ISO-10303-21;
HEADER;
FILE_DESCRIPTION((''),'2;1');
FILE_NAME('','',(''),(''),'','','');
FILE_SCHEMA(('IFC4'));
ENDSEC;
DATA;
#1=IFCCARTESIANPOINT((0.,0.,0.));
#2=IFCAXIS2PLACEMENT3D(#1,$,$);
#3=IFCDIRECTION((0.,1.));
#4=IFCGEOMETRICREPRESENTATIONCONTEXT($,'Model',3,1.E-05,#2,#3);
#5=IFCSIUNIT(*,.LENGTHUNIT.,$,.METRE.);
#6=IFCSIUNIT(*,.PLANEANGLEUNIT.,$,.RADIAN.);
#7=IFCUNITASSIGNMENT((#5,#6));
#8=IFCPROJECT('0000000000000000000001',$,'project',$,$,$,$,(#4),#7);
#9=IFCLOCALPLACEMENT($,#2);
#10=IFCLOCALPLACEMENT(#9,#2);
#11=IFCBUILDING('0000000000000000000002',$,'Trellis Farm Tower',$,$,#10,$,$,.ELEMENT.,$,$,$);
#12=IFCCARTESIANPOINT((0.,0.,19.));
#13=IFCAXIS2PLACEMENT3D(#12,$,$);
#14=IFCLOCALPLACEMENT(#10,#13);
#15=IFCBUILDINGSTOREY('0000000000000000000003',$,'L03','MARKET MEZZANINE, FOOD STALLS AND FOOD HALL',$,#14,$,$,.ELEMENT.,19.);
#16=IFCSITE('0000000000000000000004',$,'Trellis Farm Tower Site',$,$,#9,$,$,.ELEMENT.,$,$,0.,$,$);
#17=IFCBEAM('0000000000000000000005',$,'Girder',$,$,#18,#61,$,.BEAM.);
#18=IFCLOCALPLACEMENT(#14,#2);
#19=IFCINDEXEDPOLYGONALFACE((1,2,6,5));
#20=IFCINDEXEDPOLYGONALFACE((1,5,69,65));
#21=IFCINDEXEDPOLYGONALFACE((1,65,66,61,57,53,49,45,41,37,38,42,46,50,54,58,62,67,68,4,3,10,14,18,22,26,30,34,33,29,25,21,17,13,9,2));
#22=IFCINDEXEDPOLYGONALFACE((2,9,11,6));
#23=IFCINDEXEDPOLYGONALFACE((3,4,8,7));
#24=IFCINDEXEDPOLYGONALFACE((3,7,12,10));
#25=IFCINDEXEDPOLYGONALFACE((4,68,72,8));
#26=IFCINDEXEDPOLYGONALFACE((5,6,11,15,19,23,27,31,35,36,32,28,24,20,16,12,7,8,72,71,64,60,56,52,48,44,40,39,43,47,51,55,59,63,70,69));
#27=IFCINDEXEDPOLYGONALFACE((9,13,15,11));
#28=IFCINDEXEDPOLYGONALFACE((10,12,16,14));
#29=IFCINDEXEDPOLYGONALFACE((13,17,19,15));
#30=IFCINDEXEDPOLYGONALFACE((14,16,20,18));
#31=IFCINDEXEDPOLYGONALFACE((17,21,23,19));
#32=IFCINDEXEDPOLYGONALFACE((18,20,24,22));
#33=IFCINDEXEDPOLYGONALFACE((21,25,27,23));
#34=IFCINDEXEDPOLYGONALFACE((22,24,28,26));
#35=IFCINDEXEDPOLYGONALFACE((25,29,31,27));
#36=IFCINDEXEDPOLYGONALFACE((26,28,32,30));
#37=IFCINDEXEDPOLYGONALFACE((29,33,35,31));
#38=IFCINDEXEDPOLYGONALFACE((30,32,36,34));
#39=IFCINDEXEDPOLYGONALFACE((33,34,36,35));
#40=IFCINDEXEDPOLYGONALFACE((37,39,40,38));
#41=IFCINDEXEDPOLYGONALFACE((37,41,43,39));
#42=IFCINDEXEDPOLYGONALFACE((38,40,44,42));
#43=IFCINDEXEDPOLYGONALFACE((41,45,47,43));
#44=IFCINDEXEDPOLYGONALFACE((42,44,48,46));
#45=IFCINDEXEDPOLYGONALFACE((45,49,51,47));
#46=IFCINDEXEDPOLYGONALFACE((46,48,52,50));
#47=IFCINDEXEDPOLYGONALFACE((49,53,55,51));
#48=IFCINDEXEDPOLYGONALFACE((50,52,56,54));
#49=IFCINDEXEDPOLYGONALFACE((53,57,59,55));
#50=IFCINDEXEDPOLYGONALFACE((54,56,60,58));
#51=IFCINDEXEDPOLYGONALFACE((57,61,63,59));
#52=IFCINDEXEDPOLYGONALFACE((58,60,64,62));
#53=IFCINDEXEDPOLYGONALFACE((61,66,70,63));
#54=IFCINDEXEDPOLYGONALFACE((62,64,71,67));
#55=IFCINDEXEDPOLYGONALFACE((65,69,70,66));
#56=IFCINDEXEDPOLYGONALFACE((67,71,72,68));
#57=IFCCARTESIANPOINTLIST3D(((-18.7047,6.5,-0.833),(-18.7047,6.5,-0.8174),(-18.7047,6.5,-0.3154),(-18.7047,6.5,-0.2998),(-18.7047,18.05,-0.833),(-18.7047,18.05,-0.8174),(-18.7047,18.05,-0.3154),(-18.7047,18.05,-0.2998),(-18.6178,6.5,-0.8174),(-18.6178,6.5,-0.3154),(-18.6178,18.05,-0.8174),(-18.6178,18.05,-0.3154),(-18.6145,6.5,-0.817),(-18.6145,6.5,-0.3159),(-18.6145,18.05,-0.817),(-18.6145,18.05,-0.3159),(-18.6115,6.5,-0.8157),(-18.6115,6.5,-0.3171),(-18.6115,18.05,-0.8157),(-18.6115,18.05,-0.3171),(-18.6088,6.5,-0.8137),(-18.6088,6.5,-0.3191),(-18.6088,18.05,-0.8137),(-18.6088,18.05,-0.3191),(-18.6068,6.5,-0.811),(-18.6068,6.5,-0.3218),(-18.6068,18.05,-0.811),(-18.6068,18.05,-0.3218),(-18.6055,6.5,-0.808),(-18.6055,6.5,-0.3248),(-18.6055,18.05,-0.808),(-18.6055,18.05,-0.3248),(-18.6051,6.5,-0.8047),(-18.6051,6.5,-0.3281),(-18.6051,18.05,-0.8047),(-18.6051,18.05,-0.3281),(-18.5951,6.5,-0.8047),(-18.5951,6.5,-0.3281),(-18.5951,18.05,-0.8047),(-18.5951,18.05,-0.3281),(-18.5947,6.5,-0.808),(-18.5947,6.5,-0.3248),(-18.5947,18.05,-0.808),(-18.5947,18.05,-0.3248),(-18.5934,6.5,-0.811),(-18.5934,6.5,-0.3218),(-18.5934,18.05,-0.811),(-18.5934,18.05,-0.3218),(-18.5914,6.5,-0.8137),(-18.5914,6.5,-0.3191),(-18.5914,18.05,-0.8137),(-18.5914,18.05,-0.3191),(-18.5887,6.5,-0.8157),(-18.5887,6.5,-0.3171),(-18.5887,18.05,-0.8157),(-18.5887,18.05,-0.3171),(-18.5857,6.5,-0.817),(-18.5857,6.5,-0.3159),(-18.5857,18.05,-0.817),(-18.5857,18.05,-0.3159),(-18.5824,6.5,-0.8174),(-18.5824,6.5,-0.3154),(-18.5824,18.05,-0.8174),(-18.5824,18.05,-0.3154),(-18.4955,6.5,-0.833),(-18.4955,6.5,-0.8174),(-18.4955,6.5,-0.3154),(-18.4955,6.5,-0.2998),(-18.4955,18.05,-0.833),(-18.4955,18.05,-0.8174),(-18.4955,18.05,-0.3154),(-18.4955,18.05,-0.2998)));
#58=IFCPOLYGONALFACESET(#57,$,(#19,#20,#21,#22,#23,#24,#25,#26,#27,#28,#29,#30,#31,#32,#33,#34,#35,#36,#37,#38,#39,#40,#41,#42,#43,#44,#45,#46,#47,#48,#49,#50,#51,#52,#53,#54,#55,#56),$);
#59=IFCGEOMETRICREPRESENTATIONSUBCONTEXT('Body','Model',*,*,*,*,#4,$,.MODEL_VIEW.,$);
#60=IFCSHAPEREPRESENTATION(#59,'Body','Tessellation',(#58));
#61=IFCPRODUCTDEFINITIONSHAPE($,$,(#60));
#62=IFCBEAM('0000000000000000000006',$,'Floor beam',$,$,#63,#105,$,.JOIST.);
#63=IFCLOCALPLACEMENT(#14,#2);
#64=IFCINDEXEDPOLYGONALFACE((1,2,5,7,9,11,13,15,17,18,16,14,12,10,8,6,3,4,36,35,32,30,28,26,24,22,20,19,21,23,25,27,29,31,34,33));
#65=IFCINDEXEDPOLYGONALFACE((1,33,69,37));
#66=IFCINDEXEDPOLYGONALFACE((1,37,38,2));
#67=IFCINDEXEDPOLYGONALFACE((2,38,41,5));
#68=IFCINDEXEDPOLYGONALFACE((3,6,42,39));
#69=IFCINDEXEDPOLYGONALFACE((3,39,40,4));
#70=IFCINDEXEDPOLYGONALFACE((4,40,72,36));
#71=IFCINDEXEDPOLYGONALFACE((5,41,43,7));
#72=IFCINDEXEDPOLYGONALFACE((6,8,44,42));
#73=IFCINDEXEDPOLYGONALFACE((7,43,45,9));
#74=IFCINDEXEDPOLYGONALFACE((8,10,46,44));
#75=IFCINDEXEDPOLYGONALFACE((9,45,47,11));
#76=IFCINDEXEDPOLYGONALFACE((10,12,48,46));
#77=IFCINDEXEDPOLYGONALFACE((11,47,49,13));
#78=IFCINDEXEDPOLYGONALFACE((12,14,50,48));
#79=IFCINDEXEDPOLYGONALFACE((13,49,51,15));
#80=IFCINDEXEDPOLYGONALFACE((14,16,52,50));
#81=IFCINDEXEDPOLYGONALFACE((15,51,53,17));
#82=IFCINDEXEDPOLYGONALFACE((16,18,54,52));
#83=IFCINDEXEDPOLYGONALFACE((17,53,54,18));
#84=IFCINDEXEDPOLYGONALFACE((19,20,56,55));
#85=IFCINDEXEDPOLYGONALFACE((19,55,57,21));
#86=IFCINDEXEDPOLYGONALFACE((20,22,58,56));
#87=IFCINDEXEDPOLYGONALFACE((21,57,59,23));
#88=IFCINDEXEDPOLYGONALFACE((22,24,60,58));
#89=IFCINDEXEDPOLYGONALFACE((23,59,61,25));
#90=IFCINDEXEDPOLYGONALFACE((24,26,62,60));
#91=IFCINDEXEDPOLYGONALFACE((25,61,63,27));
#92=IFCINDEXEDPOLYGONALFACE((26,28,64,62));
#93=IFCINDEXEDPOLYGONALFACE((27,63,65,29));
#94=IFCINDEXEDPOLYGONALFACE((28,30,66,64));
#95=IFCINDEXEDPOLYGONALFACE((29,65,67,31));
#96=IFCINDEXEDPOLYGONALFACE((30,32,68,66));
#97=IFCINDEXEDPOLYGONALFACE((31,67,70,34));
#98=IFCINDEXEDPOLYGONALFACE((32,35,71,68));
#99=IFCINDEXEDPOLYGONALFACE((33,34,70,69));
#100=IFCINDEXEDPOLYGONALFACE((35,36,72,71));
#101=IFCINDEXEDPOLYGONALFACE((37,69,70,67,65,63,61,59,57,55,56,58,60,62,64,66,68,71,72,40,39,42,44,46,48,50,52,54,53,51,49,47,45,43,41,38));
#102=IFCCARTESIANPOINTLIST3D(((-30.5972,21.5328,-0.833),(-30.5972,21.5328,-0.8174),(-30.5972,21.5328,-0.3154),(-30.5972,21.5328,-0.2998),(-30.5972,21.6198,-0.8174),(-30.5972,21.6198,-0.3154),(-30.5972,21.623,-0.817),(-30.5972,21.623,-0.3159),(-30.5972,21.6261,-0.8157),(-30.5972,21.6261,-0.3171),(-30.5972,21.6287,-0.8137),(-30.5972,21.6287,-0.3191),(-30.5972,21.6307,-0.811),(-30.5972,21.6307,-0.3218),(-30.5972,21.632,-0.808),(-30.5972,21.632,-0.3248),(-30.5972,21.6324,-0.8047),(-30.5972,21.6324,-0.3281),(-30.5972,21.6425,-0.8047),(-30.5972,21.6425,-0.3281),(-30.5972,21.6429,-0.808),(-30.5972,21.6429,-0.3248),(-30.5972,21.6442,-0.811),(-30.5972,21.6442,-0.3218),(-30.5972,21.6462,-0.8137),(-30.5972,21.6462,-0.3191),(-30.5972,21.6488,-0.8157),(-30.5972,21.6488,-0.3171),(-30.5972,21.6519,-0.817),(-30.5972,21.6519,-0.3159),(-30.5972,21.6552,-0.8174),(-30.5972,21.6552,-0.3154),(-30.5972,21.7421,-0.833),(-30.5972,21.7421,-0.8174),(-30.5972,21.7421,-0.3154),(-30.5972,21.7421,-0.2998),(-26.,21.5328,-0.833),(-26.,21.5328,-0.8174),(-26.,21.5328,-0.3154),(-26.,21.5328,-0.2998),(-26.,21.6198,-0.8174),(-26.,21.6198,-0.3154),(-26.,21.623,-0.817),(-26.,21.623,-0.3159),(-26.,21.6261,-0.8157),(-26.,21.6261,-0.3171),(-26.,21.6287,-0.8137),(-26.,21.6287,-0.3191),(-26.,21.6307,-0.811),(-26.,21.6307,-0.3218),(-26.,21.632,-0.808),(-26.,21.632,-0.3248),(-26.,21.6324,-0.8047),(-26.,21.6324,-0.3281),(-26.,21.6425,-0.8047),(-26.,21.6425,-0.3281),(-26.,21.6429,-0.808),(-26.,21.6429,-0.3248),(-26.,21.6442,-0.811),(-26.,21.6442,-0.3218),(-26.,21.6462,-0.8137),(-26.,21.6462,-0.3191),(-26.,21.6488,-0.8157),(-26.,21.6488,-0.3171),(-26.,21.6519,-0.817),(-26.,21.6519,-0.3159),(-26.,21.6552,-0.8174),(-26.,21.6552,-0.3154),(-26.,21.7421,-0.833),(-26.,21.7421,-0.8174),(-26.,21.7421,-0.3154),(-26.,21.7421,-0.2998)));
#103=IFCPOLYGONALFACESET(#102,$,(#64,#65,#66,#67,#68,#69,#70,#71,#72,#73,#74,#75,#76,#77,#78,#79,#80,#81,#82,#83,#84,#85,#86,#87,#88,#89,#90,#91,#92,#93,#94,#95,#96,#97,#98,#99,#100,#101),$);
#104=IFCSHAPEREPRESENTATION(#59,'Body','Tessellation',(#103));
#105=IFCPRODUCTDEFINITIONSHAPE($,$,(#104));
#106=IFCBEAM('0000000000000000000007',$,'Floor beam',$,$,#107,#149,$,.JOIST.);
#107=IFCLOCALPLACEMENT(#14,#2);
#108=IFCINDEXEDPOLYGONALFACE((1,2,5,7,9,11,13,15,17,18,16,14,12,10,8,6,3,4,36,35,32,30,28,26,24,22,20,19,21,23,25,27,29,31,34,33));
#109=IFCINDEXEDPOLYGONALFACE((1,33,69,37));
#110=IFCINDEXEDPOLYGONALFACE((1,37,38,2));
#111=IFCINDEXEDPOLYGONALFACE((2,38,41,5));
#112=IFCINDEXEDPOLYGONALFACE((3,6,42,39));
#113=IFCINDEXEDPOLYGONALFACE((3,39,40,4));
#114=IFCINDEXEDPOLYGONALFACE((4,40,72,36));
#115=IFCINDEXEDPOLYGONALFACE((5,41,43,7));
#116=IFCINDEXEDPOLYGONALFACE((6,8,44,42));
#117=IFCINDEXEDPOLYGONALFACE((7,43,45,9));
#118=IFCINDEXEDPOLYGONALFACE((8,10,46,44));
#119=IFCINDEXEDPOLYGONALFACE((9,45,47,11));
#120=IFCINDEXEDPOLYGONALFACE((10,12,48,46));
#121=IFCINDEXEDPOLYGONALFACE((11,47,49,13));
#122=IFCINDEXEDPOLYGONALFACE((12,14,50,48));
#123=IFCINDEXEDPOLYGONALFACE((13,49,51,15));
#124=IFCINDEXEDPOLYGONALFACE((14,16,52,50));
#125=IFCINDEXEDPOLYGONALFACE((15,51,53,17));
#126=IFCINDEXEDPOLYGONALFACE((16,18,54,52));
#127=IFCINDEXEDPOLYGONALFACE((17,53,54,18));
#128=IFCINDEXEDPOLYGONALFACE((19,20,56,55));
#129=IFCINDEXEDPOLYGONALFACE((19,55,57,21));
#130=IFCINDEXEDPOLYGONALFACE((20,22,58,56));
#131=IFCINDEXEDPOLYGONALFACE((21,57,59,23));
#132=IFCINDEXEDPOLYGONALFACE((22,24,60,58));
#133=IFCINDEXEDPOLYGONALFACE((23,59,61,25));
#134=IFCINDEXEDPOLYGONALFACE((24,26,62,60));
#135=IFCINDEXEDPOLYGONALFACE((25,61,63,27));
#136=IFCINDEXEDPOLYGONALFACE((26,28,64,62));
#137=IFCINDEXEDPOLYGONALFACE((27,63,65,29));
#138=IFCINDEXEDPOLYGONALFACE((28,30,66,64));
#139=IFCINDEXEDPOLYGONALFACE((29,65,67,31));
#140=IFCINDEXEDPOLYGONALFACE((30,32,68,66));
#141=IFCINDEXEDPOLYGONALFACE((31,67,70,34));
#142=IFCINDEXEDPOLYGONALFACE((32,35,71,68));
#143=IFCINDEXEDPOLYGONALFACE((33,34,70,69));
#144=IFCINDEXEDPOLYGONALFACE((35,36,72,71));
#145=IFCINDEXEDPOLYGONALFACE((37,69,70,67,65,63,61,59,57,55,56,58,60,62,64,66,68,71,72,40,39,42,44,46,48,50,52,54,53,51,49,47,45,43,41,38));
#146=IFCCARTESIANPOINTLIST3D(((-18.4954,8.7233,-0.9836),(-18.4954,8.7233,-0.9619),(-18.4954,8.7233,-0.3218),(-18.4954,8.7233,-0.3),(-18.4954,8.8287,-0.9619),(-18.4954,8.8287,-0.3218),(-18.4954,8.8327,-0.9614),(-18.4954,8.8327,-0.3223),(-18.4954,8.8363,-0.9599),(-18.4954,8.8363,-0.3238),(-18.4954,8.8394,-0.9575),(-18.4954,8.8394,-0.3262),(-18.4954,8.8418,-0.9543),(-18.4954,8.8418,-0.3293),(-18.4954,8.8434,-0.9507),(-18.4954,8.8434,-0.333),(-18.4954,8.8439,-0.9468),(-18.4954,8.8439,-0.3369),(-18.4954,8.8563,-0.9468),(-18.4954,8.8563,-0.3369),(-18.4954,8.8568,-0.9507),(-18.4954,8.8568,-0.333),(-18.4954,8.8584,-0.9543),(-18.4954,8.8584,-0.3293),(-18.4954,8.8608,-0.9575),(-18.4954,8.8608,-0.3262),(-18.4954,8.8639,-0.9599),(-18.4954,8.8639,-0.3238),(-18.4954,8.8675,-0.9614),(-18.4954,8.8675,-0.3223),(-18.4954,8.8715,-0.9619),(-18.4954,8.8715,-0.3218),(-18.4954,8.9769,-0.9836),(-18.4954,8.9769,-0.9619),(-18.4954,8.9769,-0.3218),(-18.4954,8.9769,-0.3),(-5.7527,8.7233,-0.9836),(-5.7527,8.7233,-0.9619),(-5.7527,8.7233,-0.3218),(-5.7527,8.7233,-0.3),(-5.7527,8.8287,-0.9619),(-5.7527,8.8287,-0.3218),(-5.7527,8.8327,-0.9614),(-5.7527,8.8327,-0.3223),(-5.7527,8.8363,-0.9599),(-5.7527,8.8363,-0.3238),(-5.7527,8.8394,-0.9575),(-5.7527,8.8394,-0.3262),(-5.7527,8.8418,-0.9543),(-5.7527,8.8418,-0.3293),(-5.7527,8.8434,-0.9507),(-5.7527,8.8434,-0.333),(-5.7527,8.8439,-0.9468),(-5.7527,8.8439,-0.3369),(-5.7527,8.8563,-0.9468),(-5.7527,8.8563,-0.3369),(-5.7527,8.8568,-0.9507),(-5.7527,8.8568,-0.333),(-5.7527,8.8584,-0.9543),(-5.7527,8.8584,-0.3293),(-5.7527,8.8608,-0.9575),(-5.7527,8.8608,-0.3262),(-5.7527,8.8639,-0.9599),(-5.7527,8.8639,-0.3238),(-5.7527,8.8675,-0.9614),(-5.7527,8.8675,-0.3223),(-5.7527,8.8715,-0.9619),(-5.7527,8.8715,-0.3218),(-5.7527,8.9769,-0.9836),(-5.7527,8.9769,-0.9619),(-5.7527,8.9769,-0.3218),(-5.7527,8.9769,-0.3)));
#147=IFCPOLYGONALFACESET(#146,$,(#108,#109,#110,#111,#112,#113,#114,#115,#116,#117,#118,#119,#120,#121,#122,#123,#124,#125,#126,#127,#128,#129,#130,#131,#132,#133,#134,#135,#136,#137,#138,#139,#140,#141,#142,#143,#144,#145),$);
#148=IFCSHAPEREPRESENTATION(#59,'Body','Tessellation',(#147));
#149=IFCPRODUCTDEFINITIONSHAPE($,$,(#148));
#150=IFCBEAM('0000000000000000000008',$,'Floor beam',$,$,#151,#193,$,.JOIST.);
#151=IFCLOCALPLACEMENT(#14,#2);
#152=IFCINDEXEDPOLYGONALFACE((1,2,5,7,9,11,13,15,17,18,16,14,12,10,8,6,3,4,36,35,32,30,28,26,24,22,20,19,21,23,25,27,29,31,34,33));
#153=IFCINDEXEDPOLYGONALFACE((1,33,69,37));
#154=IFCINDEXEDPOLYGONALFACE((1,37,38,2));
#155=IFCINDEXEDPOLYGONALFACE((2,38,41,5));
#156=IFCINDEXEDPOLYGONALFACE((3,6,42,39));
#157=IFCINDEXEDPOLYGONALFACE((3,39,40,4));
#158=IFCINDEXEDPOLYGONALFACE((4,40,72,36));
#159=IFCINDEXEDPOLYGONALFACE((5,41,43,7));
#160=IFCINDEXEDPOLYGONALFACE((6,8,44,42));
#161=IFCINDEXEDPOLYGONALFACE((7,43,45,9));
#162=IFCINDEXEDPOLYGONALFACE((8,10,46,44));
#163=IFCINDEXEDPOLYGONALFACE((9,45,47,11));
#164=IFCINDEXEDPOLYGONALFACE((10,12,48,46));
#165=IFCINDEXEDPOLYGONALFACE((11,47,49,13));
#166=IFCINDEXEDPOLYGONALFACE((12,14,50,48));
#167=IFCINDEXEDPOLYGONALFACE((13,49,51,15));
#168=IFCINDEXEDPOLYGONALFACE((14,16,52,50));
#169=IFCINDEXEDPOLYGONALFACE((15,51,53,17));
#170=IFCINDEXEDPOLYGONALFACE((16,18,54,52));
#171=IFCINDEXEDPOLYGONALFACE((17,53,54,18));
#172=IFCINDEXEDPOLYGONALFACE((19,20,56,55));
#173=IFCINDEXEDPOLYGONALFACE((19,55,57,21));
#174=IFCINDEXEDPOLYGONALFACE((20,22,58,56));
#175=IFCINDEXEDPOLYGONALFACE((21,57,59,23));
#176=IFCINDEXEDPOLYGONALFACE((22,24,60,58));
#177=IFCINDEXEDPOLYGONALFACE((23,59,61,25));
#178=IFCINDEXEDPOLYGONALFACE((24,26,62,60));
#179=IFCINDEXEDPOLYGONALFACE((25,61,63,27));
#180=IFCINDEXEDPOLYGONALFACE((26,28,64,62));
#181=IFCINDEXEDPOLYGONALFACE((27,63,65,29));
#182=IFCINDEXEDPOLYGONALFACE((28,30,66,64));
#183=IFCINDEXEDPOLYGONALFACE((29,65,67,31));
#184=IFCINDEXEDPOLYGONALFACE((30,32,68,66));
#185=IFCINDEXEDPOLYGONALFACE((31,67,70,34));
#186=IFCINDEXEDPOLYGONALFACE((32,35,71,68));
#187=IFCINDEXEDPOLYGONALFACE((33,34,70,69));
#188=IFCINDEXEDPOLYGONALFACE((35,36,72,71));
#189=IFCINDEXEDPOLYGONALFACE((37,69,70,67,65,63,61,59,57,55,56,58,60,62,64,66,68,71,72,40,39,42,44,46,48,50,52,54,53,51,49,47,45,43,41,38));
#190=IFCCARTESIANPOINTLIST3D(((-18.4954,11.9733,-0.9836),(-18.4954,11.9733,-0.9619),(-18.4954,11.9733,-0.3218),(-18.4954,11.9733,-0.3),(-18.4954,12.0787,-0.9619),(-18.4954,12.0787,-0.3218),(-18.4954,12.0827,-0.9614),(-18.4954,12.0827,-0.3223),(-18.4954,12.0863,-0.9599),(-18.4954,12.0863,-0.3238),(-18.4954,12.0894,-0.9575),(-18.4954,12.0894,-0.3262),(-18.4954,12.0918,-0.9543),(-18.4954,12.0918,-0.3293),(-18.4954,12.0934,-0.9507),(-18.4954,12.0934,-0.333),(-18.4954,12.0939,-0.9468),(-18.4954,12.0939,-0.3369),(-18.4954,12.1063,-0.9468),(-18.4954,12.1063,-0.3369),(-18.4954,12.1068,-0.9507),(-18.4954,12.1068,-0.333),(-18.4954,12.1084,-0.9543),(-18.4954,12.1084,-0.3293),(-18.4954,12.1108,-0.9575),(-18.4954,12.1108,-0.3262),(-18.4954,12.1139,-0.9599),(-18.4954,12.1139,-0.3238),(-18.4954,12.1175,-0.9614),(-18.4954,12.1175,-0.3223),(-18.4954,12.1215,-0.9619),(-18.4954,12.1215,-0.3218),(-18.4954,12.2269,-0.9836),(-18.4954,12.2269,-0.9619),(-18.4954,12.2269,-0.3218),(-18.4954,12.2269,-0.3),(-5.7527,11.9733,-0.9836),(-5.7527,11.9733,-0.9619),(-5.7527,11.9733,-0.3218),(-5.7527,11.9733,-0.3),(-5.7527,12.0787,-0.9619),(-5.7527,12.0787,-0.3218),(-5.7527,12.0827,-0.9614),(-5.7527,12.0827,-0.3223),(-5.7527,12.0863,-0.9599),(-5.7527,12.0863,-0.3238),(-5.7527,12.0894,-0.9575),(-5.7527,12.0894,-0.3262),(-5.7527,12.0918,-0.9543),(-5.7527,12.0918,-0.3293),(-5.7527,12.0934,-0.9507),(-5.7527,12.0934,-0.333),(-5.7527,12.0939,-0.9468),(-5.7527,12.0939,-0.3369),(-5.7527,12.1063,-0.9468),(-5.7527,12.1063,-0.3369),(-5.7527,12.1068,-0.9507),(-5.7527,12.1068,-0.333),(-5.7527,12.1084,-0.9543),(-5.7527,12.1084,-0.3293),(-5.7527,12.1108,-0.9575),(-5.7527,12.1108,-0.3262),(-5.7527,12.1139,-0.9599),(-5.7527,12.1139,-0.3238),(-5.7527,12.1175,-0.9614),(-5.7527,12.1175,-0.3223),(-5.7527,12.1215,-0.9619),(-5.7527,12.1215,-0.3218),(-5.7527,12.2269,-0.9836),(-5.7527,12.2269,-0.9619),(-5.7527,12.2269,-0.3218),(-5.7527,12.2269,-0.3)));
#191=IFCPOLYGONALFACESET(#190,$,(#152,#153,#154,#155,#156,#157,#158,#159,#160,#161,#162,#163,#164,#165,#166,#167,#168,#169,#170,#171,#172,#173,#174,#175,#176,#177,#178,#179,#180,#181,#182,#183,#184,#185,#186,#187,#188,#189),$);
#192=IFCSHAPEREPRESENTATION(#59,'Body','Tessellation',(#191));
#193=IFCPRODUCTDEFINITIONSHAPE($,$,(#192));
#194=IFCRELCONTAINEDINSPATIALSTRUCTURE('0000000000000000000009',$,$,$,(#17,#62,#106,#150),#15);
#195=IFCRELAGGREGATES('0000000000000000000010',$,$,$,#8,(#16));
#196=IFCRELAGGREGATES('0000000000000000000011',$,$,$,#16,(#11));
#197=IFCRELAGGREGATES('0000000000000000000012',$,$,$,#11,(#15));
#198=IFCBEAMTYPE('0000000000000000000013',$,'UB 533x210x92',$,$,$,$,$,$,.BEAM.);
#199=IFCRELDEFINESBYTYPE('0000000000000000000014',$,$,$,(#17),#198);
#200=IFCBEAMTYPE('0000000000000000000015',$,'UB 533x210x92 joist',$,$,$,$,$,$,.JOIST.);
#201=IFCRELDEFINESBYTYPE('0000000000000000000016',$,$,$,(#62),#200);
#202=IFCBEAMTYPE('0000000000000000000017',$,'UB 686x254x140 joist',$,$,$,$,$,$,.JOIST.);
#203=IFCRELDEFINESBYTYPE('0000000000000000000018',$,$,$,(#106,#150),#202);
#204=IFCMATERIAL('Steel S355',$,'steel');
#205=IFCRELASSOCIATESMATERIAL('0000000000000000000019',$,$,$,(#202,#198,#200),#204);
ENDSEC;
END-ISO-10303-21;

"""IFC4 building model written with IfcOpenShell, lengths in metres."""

from ifc_helpers import new_model, si_unit, direction, frame, origin, origin_2d, place, context, subcontext, project, spatial, i_section, extrude, source, transform, mapped, material, material_profile, profile_set, type_object, element, save


model = new_model("IFC4")

# Units and contexts
model_context = context("Model", 3, precision=1e-05, world=origin(), true_north=direction((0.0, 1.0)))
body_context = subcontext(model_context, "Body", "Model", "MODEL_VIEW")
ifc_project = project(units=[si_unit("LENGTHUNIT", "METRE"), si_unit("PLANEANGLEUNIT", "RADIAN")], contexts=[model_context])

# Site, building, storey
site_placement = place(None, origin())
site = spatial("IfcSite", under=ifc_project, at=site_placement, Name="Trellis Farm Tower Site", CompositionType="ELEMENT", RefElevation=0.0)
building_placement = place(site_placement, origin())
building = spatial("IfcBuilding", under=site, at=building_placement, Name="Trellis Farm Tower", CompositionType="ELEMENT")
storey_placement = place(building_placement, frame((0.0, 0.0, 19.0)))
storey = spatial("IfcBuildingStorey", under=building, at=storey_placement, Name="L03", Description="MARKET MEZZANINE, FOOD STALLS AND FOOD HALL", CompositionType="ELEMENT", Elevation=19.0)

# Beams
ifc_material_1 = material(Name="Steel S355", Category="steel")
ifc_material_profile_1 = material_profile(ifc_material_1, i_section(OverallWidth=0.2537, OverallDepth=0.6836, WebThickness=0.0125, FlangeThickness=0.0217, FilletRadius=0.0151, at=origin_2d()), Name="UB 686x254x140")
ifc_profile_set_1 = profile_set([ifc_material_profile_1], Name="Steel S355")
beam_type_1 = type_object("IfcBeamType", Name="UB 686x254x140 joist", PredefinedType="JOIST", material=ifc_profile_set_1)
ifc_material_profile_2 = material_profile(ifc_material_1, i_section(OverallWidth=0.2092, OverallDepth=0.5332, WebThickness=0.01, FlangeThickness=0.0156, FilletRadius=0.0127, at=origin_2d()), Name="UB 533x210x92")
ifc_profile_set_2 = profile_set([ifc_material_profile_2], Name="Steel S355")
beam_type_2 = type_object("IfcBeamType", Name="UB 533x210x92", PredefinedType="BEAM", material=ifc_profile_set_2)
shared_shape_1 = source(origin(), body_context, "Body", "SweptSolid", [
    extrude(i_section(OverallWidth=0.2092, OverallDepth=0.5332, WebThickness=0.01, FlangeThickness=0.0156, FilletRadius=0.0127, at=origin_2d()), origin(), (0.0, 0.0, 1.0), 11.55),
])
beam_1_placement = place(storey_placement, frame((-18.6001, 6.5, -0.5664), z_axis=(0.0, 1.0, 0.0), x_axis=(-1.0, 0.0, 0.0)))
element("IfcBeam", 1, at=beam_1_placement, inside=storey, type_object=beam_type_2, Name="Girder", PredefinedType="BEAM", context=body_context, shape_type="MappedRepresentation", body=[
    mapped(shared_shape_1, transform((0.0, 0.0, 0.0))),
])
ifc_material_profile_3 = material_profile(ifc_material_1, i_section(OverallWidth=0.2092, OverallDepth=0.5332, WebThickness=0.01, FlangeThickness=0.0156, FilletRadius=0.0127, at=origin_2d()), Name="UB 533x210x92")
ifc_profile_set_3 = profile_set([ifc_material_profile_3], Name="Steel S355")
beam_type_3 = type_object("IfcBeamType", Name="UB 533x210x92 joist", PredefinedType="JOIST", material=ifc_profile_set_3)
shared_shape_2 = source(origin(), body_context, "Body", "SweptSolid", [
    extrude(i_section(OverallWidth=0.2092, OverallDepth=0.5332, WebThickness=0.01, FlangeThickness=0.0156, FilletRadius=0.0127, at=origin_2d()), origin(), (0.0, 0.0, 1.0), 4.5972),
])
beam_2_placement = place(storey_placement, frame((-30.5972, 21.6375, -0.5664), z_axis=(1.0, 0.0, 0.0), x_axis=(0.0, 1.0, 0.0)))
element("IfcBeam", 2, at=beam_2_placement, inside=storey, type_object=beam_type_3, Name="Floor beam", PredefinedType="JOIST", context=body_context, shape_type="MappedRepresentation", body=[
    mapped(shared_shape_2, transform((0.0, 0.0, 0.0))),
])
shared_shape_3 = source(origin(), body_context, "Body", "SweptSolid", [
    extrude(i_section(OverallWidth=0.2537, OverallDepth=0.6836, WebThickness=0.0125, FlangeThickness=0.0217, FilletRadius=0.0151, at=origin_2d()), origin(), (0.0, 0.0, 1.0), 12.7427),
])
for number, where, z_axis, x_axis, name in (
    (3, (-18.4954, 8.8501, -0.6418), (1.0, 0.0, 0.0), (0.0, 1.0, 0.0), "Floor beam"),
    (4, (-18.4954, 12.1001, -0.6418), (1.0, 0.0, 0.0), (0.0, 1.0, 0.0), "Floor beam"),
):
    element("IfcBeam", number, at=place(storey_placement, frame(where, z_axis=z_axis, x_axis=x_axis)), inside=storey, type_object=beam_type_1, Name=name, PredefinedType="JOIST", context=body_context, shape_type="MappedRepresentation", body=[
        mapped(shared_shape_3, transform((0.0, 0.0, 0.0))),
    ])

save(model, "model.ifc")
